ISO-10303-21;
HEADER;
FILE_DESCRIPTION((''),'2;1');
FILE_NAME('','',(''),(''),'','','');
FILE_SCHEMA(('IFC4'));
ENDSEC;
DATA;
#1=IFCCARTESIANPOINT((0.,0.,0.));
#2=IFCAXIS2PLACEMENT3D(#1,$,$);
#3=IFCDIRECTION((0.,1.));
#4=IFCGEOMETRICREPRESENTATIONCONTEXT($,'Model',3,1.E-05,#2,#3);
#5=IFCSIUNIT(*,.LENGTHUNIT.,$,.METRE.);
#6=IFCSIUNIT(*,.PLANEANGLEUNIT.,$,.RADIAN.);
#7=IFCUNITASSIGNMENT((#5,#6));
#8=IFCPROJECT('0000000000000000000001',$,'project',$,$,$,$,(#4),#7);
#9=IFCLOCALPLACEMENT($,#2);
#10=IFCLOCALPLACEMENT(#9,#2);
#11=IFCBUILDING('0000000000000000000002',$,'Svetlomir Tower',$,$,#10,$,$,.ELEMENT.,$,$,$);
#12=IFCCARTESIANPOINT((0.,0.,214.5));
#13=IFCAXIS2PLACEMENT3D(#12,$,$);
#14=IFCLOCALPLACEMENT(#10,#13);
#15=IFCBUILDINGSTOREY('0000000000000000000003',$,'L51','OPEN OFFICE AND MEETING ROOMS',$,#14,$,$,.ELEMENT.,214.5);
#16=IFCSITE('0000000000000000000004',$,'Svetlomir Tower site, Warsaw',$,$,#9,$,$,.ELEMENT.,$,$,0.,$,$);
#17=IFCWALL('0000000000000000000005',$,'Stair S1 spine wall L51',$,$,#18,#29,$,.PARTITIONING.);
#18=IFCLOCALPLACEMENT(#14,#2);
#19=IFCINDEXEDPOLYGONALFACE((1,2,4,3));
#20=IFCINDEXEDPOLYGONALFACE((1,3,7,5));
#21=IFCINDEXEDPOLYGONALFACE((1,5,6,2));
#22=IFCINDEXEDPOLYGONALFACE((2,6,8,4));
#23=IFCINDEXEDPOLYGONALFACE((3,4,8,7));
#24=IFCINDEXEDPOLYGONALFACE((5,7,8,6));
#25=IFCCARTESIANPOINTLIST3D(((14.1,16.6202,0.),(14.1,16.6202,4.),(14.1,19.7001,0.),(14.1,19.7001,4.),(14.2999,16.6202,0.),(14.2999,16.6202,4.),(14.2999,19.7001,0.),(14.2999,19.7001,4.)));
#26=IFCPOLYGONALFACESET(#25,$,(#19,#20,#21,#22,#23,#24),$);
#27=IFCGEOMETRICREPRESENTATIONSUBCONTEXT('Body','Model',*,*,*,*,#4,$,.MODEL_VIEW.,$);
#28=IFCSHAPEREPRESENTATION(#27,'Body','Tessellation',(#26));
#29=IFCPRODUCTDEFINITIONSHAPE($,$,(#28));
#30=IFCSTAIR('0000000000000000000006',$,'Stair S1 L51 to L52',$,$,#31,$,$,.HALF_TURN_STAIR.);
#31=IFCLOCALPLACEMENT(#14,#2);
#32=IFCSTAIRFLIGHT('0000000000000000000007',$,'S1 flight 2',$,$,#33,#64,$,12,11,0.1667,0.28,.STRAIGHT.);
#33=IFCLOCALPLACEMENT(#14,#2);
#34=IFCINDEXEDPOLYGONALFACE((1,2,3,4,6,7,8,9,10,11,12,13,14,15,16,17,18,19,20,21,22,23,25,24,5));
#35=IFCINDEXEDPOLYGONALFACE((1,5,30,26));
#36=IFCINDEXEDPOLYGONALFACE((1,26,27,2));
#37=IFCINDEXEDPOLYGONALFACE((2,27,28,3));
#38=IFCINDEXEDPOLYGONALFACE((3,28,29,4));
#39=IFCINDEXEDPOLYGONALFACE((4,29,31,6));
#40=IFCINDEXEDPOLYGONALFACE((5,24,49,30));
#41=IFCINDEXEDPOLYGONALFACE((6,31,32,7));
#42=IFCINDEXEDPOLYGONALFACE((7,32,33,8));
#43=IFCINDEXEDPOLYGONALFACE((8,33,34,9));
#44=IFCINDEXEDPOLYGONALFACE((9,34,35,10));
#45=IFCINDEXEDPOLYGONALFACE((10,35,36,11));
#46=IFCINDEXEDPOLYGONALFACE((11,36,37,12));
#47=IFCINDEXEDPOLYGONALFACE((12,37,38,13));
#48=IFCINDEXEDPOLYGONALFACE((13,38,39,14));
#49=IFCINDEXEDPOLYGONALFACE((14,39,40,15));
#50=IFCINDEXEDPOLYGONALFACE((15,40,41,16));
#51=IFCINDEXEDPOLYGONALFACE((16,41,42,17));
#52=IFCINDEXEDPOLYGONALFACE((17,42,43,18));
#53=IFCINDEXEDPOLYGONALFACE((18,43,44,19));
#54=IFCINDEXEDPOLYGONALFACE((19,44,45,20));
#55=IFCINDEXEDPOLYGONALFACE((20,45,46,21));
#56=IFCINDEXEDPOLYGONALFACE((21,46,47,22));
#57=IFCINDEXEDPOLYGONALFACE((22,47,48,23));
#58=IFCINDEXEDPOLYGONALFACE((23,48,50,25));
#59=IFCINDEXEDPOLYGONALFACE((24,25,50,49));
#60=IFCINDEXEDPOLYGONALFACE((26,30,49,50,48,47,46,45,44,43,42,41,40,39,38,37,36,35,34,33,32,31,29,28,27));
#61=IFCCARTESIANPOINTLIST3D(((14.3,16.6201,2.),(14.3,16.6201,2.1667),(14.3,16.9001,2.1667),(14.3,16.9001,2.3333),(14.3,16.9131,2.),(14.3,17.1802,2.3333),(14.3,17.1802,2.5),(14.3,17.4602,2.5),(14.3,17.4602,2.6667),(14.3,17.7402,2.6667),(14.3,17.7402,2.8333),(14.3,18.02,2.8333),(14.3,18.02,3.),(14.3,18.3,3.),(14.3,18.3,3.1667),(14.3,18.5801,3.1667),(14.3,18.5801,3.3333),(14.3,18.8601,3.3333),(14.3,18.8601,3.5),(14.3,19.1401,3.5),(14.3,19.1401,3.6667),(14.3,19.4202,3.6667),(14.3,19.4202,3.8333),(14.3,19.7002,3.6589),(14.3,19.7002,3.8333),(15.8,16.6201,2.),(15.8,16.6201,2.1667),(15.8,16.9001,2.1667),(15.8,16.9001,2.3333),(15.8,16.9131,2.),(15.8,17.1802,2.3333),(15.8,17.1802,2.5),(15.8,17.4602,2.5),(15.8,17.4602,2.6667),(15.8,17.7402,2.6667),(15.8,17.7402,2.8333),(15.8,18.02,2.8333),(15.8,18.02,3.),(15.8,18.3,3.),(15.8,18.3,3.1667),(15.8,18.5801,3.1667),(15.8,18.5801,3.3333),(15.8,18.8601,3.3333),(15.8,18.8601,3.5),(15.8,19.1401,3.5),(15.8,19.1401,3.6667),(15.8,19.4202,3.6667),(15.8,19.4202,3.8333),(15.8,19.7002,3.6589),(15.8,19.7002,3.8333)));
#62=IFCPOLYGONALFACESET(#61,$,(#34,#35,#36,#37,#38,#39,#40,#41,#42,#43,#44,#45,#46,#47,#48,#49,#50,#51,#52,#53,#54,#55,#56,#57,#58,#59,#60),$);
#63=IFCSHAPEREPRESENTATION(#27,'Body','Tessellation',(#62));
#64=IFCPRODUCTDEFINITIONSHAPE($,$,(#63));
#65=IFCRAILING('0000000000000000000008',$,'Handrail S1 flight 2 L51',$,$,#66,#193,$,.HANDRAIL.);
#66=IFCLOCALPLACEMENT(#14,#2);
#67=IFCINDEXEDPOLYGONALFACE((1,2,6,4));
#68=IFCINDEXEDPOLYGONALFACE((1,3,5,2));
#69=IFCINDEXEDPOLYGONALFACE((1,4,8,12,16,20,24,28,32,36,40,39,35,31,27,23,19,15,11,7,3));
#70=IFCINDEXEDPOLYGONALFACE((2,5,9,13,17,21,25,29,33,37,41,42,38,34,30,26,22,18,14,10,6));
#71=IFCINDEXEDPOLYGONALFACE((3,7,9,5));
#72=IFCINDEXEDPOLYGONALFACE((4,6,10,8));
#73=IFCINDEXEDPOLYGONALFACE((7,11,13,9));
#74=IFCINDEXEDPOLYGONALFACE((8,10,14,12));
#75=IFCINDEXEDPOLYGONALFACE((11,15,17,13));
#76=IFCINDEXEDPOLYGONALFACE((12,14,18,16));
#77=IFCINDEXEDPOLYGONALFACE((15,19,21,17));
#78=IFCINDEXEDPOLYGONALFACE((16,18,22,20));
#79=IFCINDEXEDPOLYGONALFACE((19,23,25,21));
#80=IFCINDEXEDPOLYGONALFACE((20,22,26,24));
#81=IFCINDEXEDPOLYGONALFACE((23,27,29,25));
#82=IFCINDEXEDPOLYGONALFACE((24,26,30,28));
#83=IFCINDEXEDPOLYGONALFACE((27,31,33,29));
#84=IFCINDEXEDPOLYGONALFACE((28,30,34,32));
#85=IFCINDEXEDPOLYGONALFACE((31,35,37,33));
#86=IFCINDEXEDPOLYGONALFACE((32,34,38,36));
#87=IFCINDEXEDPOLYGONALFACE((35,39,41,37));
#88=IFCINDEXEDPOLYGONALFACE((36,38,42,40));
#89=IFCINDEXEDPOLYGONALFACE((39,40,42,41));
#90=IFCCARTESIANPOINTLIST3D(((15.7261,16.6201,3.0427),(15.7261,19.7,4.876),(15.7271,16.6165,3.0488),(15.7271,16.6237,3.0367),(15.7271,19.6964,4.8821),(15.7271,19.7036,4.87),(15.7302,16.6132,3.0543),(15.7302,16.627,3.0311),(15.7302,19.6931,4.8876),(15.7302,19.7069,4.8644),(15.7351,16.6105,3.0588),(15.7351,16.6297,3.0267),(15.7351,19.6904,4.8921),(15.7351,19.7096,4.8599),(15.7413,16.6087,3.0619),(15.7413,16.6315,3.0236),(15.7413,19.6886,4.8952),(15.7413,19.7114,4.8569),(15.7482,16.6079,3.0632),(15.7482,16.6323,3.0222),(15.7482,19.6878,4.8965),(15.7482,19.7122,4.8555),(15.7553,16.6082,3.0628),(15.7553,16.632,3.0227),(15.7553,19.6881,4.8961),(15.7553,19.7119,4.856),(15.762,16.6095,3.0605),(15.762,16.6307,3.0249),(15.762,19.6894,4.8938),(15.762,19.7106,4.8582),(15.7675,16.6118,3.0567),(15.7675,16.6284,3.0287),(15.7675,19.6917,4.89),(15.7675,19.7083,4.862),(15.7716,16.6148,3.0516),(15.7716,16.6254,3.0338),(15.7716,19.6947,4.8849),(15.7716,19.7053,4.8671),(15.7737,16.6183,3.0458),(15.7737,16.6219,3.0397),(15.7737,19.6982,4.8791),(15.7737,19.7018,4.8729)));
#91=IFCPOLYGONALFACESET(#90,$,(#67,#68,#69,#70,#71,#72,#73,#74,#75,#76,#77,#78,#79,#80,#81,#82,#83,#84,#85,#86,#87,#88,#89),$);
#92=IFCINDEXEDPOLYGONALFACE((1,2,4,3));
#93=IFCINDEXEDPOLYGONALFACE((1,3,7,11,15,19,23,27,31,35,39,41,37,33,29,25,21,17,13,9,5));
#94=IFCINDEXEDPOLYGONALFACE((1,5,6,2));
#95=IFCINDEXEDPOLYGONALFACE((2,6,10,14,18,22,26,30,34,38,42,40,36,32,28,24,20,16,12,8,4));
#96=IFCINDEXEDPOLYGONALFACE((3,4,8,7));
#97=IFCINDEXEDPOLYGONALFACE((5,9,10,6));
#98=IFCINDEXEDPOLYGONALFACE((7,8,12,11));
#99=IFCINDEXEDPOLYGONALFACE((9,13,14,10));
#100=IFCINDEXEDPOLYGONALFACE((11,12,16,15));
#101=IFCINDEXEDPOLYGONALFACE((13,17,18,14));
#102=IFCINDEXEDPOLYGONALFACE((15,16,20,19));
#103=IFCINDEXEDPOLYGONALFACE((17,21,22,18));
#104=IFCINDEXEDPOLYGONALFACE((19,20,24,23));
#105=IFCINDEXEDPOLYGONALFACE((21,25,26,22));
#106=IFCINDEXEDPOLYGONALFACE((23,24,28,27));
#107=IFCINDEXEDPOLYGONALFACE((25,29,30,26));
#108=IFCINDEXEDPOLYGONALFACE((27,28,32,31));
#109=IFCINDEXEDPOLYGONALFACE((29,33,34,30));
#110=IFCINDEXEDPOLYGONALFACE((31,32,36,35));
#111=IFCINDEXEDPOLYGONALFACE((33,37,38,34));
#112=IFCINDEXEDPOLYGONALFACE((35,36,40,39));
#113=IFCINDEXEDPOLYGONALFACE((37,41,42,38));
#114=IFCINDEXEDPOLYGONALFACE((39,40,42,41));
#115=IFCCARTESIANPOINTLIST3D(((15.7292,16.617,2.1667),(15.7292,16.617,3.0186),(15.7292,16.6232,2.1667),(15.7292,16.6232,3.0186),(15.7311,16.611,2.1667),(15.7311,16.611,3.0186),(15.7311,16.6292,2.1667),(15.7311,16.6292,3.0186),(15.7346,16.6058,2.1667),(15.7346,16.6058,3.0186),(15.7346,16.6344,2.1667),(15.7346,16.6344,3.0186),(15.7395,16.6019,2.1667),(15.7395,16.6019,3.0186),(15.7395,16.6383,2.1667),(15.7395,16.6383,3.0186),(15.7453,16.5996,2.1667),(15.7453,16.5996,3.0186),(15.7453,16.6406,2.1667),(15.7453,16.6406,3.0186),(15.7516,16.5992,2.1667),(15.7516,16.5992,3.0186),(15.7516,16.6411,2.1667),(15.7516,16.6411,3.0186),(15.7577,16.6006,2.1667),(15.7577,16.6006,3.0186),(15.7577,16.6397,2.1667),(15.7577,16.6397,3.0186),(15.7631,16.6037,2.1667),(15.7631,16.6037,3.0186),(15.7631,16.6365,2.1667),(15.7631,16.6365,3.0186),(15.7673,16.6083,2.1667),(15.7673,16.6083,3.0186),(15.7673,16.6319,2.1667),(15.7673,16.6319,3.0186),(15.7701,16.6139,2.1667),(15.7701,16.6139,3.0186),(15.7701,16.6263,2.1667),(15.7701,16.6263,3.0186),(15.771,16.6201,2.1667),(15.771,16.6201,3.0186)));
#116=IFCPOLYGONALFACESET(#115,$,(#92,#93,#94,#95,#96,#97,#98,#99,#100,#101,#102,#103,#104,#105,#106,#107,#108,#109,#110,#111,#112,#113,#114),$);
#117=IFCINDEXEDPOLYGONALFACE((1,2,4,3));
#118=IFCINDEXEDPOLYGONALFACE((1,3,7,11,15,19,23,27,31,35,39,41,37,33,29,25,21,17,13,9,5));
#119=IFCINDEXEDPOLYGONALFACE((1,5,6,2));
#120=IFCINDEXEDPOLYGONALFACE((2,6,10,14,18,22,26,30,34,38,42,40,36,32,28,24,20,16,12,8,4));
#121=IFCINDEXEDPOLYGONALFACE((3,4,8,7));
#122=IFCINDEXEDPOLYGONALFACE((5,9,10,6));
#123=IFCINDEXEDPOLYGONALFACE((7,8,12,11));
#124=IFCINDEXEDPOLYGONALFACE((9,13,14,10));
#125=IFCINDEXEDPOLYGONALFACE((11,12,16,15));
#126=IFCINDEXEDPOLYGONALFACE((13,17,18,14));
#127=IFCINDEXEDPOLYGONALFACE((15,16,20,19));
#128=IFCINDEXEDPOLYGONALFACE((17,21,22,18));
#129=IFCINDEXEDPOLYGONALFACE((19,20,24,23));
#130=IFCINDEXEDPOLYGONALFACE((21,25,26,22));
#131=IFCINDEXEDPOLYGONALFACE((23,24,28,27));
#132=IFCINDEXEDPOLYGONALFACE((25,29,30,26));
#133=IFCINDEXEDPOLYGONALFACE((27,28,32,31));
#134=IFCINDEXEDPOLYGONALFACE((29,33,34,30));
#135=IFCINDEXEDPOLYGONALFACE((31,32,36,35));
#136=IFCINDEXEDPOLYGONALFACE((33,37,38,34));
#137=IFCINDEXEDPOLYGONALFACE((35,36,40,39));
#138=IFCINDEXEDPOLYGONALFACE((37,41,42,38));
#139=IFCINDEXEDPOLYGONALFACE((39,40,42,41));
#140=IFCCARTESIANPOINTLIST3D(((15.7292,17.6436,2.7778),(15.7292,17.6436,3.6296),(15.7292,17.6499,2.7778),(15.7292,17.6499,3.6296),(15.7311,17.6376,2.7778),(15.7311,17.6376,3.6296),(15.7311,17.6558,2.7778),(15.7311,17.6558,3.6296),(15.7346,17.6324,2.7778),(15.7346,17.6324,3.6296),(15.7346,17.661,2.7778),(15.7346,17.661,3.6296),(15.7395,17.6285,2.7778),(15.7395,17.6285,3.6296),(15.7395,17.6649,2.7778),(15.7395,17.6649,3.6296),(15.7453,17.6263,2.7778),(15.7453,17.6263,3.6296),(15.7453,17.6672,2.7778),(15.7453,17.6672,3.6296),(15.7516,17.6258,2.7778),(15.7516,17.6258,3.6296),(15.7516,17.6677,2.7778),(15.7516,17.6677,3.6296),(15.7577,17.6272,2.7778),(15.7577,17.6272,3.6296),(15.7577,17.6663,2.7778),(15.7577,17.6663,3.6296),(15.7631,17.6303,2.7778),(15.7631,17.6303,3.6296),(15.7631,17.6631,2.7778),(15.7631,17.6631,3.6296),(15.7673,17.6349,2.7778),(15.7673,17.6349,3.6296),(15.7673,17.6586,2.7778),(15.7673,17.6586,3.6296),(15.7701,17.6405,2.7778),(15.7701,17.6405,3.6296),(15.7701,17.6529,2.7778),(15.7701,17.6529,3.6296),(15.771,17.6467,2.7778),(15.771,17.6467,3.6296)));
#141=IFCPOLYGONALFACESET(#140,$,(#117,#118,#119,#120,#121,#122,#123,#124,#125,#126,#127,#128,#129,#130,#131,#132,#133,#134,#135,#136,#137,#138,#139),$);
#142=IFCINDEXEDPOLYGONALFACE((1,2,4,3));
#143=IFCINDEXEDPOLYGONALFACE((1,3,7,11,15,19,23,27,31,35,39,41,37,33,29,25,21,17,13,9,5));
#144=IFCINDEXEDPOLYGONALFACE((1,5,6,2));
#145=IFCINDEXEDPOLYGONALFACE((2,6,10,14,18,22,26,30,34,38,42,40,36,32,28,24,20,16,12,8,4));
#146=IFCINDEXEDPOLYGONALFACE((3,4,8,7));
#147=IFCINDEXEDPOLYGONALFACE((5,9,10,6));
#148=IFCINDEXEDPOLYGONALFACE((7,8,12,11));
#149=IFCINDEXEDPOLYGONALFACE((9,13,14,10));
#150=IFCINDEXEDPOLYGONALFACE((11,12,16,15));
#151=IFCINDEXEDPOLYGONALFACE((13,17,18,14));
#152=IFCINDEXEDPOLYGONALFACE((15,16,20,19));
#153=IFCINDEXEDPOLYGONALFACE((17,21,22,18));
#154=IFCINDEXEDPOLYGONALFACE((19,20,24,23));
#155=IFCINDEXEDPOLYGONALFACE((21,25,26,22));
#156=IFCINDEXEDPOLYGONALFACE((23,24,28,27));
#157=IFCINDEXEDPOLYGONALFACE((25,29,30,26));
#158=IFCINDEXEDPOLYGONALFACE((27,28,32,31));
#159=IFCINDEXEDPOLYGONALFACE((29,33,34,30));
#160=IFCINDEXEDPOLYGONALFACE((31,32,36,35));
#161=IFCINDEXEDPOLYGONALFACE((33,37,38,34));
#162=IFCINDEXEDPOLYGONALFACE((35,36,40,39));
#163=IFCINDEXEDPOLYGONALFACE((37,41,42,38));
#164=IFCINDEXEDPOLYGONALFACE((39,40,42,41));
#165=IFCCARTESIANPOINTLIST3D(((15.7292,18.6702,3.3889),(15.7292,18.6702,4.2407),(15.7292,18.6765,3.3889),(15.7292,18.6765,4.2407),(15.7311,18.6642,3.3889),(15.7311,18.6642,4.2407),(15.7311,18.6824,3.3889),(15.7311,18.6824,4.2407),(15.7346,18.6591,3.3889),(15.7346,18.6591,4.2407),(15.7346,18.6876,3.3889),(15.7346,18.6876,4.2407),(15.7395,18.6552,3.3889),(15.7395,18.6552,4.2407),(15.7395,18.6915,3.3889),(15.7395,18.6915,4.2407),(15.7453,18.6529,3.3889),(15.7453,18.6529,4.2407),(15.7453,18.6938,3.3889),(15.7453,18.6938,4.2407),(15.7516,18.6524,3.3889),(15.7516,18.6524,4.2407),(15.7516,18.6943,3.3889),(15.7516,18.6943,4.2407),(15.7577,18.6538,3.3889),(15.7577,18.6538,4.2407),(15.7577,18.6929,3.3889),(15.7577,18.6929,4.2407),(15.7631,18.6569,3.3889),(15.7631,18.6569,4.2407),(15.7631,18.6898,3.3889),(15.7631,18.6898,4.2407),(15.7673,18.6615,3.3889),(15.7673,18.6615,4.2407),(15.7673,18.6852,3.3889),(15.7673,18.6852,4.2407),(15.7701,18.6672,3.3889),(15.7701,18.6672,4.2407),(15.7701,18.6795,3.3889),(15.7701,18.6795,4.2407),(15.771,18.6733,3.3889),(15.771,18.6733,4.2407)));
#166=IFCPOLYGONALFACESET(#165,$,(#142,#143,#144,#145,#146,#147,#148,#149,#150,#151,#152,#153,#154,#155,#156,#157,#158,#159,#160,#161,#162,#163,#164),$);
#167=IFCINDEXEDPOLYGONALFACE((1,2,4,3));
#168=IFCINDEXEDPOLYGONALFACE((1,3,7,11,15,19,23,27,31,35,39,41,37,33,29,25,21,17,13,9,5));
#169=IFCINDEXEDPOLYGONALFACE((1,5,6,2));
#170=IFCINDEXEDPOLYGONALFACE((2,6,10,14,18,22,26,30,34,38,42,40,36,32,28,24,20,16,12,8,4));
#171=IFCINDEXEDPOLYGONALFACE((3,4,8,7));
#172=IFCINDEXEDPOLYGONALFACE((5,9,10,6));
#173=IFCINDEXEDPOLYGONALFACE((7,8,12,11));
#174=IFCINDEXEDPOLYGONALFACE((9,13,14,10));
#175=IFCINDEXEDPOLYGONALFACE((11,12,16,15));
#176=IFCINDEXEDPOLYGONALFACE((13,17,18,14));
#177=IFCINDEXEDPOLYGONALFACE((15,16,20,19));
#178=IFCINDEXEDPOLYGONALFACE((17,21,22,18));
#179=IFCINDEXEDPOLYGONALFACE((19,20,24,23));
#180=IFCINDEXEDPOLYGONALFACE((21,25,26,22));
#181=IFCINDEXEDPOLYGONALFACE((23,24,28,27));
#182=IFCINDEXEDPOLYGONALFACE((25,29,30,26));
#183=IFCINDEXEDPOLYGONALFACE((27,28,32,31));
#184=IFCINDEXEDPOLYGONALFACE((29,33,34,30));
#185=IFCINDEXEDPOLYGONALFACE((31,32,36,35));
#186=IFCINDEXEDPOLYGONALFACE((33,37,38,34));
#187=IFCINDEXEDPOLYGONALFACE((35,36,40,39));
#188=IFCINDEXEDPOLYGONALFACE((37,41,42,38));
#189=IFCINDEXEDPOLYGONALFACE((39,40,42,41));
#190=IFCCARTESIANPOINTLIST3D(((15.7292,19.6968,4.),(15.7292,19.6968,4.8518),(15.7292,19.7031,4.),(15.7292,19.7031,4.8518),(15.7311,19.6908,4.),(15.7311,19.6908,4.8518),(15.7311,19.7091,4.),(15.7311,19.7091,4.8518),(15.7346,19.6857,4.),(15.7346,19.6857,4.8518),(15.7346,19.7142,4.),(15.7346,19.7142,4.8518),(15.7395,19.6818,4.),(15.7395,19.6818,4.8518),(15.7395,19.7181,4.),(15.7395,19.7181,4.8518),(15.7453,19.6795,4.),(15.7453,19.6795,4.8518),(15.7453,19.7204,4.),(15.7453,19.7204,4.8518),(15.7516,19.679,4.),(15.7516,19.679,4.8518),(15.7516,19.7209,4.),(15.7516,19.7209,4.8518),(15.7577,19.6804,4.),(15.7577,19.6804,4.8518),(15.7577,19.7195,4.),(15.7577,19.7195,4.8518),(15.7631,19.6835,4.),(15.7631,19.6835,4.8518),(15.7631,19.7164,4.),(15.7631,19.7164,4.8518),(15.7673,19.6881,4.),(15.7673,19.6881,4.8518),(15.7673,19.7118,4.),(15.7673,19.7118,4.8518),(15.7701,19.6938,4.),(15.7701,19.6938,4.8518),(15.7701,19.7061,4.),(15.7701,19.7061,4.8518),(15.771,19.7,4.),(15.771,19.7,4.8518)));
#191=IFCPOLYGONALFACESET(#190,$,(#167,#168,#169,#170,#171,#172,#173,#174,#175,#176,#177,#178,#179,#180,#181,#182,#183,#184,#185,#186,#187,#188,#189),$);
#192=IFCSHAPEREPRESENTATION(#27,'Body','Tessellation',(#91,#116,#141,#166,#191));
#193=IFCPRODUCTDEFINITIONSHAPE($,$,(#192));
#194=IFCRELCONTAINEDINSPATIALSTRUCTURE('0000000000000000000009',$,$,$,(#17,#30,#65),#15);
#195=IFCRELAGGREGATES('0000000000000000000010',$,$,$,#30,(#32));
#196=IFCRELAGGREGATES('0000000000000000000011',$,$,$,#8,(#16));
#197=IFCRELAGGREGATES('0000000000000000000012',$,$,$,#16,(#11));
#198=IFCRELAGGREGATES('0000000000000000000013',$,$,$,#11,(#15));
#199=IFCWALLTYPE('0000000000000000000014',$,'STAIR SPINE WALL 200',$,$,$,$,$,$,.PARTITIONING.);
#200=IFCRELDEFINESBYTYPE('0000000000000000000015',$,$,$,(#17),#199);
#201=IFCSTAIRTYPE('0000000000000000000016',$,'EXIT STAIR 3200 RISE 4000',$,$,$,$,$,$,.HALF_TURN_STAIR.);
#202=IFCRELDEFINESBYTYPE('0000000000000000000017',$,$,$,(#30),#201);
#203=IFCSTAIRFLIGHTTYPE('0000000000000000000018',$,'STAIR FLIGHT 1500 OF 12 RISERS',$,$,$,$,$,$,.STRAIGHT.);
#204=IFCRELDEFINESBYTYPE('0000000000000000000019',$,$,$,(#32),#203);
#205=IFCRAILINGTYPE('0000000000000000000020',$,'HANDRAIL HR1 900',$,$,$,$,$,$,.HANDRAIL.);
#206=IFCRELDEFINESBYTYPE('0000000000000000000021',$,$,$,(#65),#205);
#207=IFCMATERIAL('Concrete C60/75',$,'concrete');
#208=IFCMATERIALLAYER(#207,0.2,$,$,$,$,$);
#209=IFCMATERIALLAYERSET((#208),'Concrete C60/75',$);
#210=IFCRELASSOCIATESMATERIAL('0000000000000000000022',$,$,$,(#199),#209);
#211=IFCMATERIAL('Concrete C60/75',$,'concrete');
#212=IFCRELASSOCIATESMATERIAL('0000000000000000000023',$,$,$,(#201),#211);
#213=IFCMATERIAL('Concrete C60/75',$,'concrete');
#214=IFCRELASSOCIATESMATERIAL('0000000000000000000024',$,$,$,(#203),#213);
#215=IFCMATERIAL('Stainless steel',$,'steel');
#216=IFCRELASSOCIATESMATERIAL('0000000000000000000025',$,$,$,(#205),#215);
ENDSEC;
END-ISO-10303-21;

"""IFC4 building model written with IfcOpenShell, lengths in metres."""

from ifc_helpers import new_model, si_unit, direction, frame, frame_2d, origin, origin_2d, place, context, subcontext, project, spatial, polyline, rectangle, circle, outline, extrude, material, layer, layer_set, type_object, element, aggregate, save


model = new_model("IFC4")

# Units and contexts
model_context = context("Model", 3, precision=1e-05, world=origin(), true_north=direction((0.0, 1.0)))
body_context = subcontext(model_context, "Body", "Model", "MODEL_VIEW")
ifc_project = project(units=[si_unit("LENGTHUNIT", "METRE"), si_unit("PLANEANGLEUNIT", "RADIAN")], contexts=[model_context])

# Site, building, storey
site_placement = place(None, origin())
site = spatial("IfcSite", under=ifc_project, at=site_placement, Name="Svetlomir Tower site, Warsaw", CompositionType="ELEMENT", RefElevation=0.0)
building_placement = place(site_placement, origin())
building = spatial("IfcBuilding", under=site, at=building_placement, Name="Svetlomir Tower", CompositionType="ELEMENT")
storey_placement = place(building_placement, frame((0.0, 0.0, 214.5)))
storey = spatial("IfcBuildingStorey", under=building, at=storey_placement, Name="L51", Description="OPEN OFFICE AND MEETING ROOMS", CompositionType="ELEMENT", Elevation=214.5)

# Wall
ifc_material_1 = material(Name="Concrete C60/75", Category="concrete")
ifc_layer_1 = layer(ifc_material_1, 0.2)
ifc_layer_set_1 = layer_set([ifc_layer_1], Name="Concrete C60/75")
wall_type_1 = type_object("IfcWallType", Name="STAIR SPINE WALL 200", PredefinedType="PARTITIONING", material=ifc_layer_set_1)
wall_1_placement = place(storey_placement, frame((14.2, 16.6201, 0.0), z_axis=(0.0, 0.0, 1.0), x_axis=(0.0, 1.0, 0.0)))
element("IfcWall", 1, at=wall_1_placement, inside=storey, type_object=wall_type_1, Name="Stair S1 spine wall L51", PredefinedType="PARTITIONING", context=body_context, shape_type="SweptSolid", body=[
    extrude(rectangle(XDim=3.0798, YDim=0.2, at=frame_2d((1.54, 0.0))), origin(), (0.0, 0.0, 1.0), 4.0),
])

# Stair, stair flight
ifc_material_2 = material(Name="Concrete C60/75", Category="concrete")
stair_type = type_object("IfcStairType", Name="EXIT STAIR 3200 RISE 4000", PredefinedType="HALF_TURN_STAIR", material=ifc_material_2)
stair_placement = place(storey_placement, origin())
stair = element("IfcStair", 2, at=stair_placement, inside=storey, type_object=stair_type, Name="Stair S1 L51 to L52", PredefinedType="HALF_TURN_STAIR")
ifc_material_3 = material(Name="Concrete C60/75", Category="concrete")
stair_flight_type = type_object("IfcStairFlightType", Name="STAIR FLIGHT 1500 OF 12 RISERS", PredefinedType="STRAIGHT", material=ifc_material_3)
stair_flight_placement = place(storey_placement, frame((15.05, 16.6201, 2.0), z_axis=(0.0, 0.0, 1.0), x_axis=(0.0, 1.0, 0.0)))
stair_flight = element("IfcStairFlight", 3, at=stair_flight_placement, type_object=stair_flight_type, Name="S1 flight 2", NumberOfRisers=12, NumberOfTreads=11, PredefinedType="STRAIGHT", RiserHeight=0.1667, TreadLength=0.28, context=body_context, shape_type="SweptSolid", body=[
    extrude(outline(polyline([(0.0, 0.0), (0.0, 0.1667), (0.28, 0.1667), (0.28, 0.3333), (0.5601, 0.3333), (0.5601, 0.5), (0.8401, 0.5), (0.8401, 0.6667), (1.1201, 0.6667), (1.1201, 0.8333), (1.3999, 0.8333), (1.3999, 1.0), (1.6799, 1.0), (1.6799, 1.1667), (1.96, 1.1667), (1.96, 1.3333), (2.24, 1.3333), (2.24, 1.5), (2.52, 1.5), (2.52, 1.6667), (2.8, 1.6667), (2.8, 1.8333), (3.0801, 1.8333), (3.0801, 2.0), (3.0801, 1.6589), (0.293, 0.0), (0.0, 0.0)])), frame((0.0, 0.75, 0.0), z_axis=(0.0, -1.0, 0.0), x_axis=(1.0, 0.0, 0.0)), (0.0, 0.0, 1.0), 1.5),
])
aggregate(stair, [stair_flight])

# Railing
ifc_material_4 = material(Name="Stainless steel", Category="steel")
railing_type = type_object("IfcRailingType", Name="HANDRAIL HR1 900", PredefinedType="HANDRAIL", material=ifc_material_4)
railing_placement = place(storey_placement, frame((15.75, 16.6201, 2.1667)))
element("IfcRailing", 4, at=railing_placement, inside=storey, type_object=railing_type, Name="Handrail S1 flight 2 L51", PredefinedType="HANDRAIL", context=body_context, shape_type="SweptSolid", body=[
    extrude(circle(Radius=0.0239, at=origin_2d()), frame((0.0, 0.0, 0.876), z_axis=(0.0, 0.859291, 0.511487), x_axis=(-1.0, 0.0, 0.0)), (0.0, 0.0, 1.0), 3.5842),
    extrude(circle(Radius=0.021, at=origin_2d()), origin(), (0.0, 0.0, 1.0), 0.8518),
    extrude(circle(Radius=0.021, at=origin_2d()), frame((0.0, 1.0266, 0.6111)), (0.0, 0.0, 1.0), 0.8518),
    extrude(circle(Radius=0.021, at=origin_2d()), frame((0.0, 2.0532, 1.2222)), (0.0, 0.0, 1.0), 0.8518),
    extrude(circle(Radius=0.021, at=origin_2d()), frame((0.0, 3.0798, 1.8333)), (0.0, 0.0, 1.0), 0.8518),
])

save(model, "model.ifc")
